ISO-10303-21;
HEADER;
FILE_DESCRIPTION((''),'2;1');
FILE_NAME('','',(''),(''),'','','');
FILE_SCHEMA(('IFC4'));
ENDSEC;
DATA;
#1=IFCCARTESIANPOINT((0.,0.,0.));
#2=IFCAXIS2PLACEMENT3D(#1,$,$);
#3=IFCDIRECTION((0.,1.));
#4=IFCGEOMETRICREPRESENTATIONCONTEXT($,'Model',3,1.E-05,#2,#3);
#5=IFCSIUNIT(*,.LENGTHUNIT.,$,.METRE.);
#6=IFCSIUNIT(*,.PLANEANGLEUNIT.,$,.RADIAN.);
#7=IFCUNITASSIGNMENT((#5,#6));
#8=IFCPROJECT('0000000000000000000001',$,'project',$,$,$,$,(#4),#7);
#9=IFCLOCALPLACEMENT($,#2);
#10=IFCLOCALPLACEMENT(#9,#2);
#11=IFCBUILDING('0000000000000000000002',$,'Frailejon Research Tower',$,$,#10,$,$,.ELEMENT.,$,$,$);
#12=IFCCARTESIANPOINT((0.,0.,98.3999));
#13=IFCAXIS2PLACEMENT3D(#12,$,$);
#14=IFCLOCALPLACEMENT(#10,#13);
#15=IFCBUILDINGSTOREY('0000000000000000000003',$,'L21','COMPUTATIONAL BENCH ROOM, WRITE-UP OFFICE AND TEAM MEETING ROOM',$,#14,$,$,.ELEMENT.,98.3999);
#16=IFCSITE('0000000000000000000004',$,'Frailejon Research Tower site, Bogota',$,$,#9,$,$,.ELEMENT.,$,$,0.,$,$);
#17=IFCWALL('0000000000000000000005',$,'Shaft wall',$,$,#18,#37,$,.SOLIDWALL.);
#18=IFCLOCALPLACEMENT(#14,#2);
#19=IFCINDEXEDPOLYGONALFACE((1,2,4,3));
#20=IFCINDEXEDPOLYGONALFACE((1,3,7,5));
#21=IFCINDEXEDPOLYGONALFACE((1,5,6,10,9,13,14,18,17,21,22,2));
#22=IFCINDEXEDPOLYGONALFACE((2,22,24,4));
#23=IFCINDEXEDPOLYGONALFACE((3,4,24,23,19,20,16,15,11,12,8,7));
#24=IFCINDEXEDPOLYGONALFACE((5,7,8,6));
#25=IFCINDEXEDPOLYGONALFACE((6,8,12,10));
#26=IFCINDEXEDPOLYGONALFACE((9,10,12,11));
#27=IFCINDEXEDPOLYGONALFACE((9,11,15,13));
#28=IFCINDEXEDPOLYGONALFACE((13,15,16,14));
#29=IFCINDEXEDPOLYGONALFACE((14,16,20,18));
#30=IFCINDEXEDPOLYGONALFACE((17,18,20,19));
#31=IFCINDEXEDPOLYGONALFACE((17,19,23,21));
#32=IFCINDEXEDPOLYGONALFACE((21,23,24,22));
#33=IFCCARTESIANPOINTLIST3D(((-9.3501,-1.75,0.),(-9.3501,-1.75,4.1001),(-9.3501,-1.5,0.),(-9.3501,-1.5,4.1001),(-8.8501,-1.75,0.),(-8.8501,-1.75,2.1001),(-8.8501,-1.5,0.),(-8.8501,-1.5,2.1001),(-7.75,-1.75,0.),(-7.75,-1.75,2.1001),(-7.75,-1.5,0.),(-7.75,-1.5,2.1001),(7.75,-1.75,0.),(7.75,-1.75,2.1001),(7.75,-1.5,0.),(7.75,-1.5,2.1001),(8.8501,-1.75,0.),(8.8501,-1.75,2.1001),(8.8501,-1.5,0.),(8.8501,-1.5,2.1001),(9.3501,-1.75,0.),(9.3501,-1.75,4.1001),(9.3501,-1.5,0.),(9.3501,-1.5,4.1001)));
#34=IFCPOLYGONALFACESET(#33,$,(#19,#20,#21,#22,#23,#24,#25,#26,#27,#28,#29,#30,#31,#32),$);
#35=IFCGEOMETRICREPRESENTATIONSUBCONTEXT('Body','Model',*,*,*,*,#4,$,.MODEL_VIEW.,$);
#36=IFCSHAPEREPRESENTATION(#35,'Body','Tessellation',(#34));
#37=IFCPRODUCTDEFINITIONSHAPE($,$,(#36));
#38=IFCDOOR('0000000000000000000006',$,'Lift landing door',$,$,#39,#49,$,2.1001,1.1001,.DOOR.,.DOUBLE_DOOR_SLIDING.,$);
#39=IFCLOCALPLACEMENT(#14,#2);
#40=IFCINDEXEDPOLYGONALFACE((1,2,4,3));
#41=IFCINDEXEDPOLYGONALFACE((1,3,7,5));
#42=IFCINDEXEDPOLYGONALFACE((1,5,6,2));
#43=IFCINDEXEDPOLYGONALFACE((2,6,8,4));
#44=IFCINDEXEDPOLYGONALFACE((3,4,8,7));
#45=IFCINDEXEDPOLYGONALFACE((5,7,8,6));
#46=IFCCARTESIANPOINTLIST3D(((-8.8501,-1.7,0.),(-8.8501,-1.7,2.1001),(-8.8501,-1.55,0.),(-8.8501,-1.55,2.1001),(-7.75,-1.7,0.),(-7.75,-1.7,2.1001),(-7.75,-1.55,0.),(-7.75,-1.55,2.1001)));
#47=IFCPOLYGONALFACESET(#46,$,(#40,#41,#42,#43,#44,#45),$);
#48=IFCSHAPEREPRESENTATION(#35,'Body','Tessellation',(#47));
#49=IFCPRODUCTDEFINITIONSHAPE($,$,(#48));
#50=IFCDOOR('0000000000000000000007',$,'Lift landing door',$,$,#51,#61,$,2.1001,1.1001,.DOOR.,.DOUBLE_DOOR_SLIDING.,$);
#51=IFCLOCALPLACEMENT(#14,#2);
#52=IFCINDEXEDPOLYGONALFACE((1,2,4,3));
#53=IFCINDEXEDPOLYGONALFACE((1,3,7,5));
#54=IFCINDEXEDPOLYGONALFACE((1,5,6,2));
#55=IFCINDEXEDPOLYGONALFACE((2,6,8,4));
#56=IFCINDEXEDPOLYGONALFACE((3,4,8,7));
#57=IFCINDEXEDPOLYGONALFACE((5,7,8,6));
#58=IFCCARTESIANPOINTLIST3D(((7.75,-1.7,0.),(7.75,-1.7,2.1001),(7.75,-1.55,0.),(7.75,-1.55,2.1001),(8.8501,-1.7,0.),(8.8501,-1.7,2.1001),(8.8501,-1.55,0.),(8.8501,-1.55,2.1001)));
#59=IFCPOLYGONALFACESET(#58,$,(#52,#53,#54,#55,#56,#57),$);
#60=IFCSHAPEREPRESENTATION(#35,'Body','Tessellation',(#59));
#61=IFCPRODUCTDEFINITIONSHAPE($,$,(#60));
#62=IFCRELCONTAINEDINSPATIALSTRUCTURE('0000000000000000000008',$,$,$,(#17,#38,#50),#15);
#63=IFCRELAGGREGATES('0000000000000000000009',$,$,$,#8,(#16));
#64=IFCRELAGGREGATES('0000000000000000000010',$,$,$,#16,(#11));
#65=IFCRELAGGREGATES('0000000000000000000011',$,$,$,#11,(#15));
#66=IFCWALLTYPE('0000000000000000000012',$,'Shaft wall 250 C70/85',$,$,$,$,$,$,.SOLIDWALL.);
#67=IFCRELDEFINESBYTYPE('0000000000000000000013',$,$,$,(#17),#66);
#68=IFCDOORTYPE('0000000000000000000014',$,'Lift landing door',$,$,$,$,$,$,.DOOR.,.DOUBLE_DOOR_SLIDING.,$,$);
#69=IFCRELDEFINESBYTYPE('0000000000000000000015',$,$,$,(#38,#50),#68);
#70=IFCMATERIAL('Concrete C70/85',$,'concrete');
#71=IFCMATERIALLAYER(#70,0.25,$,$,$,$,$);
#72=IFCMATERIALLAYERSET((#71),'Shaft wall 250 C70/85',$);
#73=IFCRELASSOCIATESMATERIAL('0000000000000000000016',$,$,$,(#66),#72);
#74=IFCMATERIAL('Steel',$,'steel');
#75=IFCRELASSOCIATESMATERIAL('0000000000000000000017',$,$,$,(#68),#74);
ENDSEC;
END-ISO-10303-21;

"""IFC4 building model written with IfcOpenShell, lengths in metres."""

from ifc_helpers import new_model, si_unit, direction, frame, frame_2d, origin, place, context, subcontext, project, spatial, rectangle, extrude, material, layer, layer_set, type_object, element, fill, save


model = new_model("IFC4")

# Units and contexts
model_context = context("Model", 3, precision=1e-05, world=origin(), true_north=direction((0.0, 1.0)))
body_context = subcontext(model_context, "Body", "Model", "MODEL_VIEW")
ifc_project = project(units=[si_unit("LENGTHUNIT", "METRE"), si_unit("PLANEANGLEUNIT", "RADIAN")], contexts=[model_context])

# Site, building, storey
site_placement = place(None, origin())
site = spatial("IfcSite", under=ifc_project, at=site_placement, Name="Frailejon Research Tower site, Bogota", CompositionType="ELEMENT", RefElevation=0.0)
building_placement = place(site_placement, origin())
building = spatial("IfcBuilding", under=site, at=building_placement, Name="Frailejon Research Tower", CompositionType="ELEMENT")
storey_placement = place(building_placement, frame((0.0, 0.0, 98.3999)))
storey = spatial("IfcBuildingStorey", under=building, at=storey_placement, Name="L21", Description="COMPUTATIONAL BENCH ROOM, WRITE-UP OFFICE AND TEAM MEETING ROOM", CompositionType="ELEMENT", Elevation=98.3999)

# Shared definitions
ifc_material_1 = material(Name="Concrete C70/85", Category="concrete")
ifc_layer_1 = layer(ifc_material_1, 0.25)
ifc_layer_set_1 = layer_set([ifc_layer_1], Name="Shaft wall 250 C70/85")
wall_type_1 = type_object("IfcWallType", Name="Shaft wall 250 C70/85", PredefinedType="SOLIDWALL", material=ifc_layer_set_1)
ifc_material_2 = material(Name="Steel", Category="steel")
door_type_1 = type_object("IfcDoorType", Name="Lift landing door", OperationType="DOUBLE_DOOR_SLIDING", PredefinedType="DOOR", material=ifc_material_2)

# Wall, openings, doors
wall_1_placement = place(storey_placement, frame((-9.3501, -1.625, 0.0), z_axis=(0.0, 0.0, 1.0), x_axis=(1.0, 0.0, 0.0)))
wall_1 = element("IfcWall", 1, at=wall_1_placement, inside=storey, type_object=wall_type_1, Name="Shaft wall", PredefinedType="SOLIDWALL", context=body_context, shape_type="SweptSolid", body=[
    extrude(rectangle(XDim=18.7002, YDim=0.25, at=frame_2d((9.3501, 0.0))), origin(), (0.0, 0.0, 1.0), 4.1001),
])
opening_1_placement = place(wall_1_placement, frame((0.5, 0.0, 0.0)))
opening_1 = element("IfcOpeningElement", 2, at=opening_1_placement, cuts=wall_1, PredefinedType="OPENING", context=body_context, shape_type="SweptSolid", body=[
    extrude(rectangle(XDim=1.1001, YDim=2.1001, at=frame_2d((0.55, 1.05))), frame((0.0, 0.135, 0.0), z_axis=(0.0, -1.0, 0.0), x_axis=(1.0, 0.0, 0.0)), (0.0, 0.0, 1.0), 0.27),
])
opening_2_placement = place(wall_1_placement, frame((17.1001, 0.0, 0.0)))
opening_2 = element("IfcOpeningElement", 3, at=opening_2_placement, cuts=wall_1, PredefinedType="OPENING", context=body_context, shape_type="SweptSolid", body=[
    extrude(rectangle(XDim=1.1001, YDim=2.1001, at=frame_2d((0.55, 1.05))), frame((0.0, 0.135, 0.0), z_axis=(0.0, -1.0, 0.0), x_axis=(1.0, 0.0, 0.0)), (0.0, 0.0, 1.0), 0.27),
])
door_1_placement = place(opening_1_placement, origin())
door_1 = element("IfcDoor", 4, at=door_1_placement, inside=storey, type_object=door_type_1, Name="Lift landing door", OperationType="DOUBLE_DOOR_SLIDING", OverallHeight=2.1001, OverallWidth=1.1001, PredefinedType="DOOR", context=body_context, shape_type="SweptSolid", body=[
    extrude(rectangle(XDim=1.1001, YDim=2.1001, at=frame_2d((0.55, 1.05))), frame((0.0, 0.075, 0.0), z_axis=(0.0, -1.0, 0.0), x_axis=(1.0, 0.0, 0.0)), (0.0, 0.0, 1.0), 0.1499),
])
fill(opening_1, door_1)
door_2_placement = place(opening_2_placement, origin())
door_2 = element("IfcDoor", 5, at=door_2_placement, inside=storey, type_object=door_type_1, Name="Lift landing door", OperationType="DOUBLE_DOOR_SLIDING", OverallHeight=2.1001, OverallWidth=1.1001, PredefinedType="DOOR", context=body_context, shape_type="SweptSolid", body=[
    extrude(rectangle(XDim=1.1001, YDim=2.1001, at=frame_2d((0.55, 1.05))), frame((0.0, 0.075, 0.0), z_axis=(0.0, -1.0, 0.0), x_axis=(1.0, 0.0, 0.0)), (0.0, 0.0, 1.0), 0.1499),
])
fill(opening_2, door_2)

save(model, "model.ifc")
